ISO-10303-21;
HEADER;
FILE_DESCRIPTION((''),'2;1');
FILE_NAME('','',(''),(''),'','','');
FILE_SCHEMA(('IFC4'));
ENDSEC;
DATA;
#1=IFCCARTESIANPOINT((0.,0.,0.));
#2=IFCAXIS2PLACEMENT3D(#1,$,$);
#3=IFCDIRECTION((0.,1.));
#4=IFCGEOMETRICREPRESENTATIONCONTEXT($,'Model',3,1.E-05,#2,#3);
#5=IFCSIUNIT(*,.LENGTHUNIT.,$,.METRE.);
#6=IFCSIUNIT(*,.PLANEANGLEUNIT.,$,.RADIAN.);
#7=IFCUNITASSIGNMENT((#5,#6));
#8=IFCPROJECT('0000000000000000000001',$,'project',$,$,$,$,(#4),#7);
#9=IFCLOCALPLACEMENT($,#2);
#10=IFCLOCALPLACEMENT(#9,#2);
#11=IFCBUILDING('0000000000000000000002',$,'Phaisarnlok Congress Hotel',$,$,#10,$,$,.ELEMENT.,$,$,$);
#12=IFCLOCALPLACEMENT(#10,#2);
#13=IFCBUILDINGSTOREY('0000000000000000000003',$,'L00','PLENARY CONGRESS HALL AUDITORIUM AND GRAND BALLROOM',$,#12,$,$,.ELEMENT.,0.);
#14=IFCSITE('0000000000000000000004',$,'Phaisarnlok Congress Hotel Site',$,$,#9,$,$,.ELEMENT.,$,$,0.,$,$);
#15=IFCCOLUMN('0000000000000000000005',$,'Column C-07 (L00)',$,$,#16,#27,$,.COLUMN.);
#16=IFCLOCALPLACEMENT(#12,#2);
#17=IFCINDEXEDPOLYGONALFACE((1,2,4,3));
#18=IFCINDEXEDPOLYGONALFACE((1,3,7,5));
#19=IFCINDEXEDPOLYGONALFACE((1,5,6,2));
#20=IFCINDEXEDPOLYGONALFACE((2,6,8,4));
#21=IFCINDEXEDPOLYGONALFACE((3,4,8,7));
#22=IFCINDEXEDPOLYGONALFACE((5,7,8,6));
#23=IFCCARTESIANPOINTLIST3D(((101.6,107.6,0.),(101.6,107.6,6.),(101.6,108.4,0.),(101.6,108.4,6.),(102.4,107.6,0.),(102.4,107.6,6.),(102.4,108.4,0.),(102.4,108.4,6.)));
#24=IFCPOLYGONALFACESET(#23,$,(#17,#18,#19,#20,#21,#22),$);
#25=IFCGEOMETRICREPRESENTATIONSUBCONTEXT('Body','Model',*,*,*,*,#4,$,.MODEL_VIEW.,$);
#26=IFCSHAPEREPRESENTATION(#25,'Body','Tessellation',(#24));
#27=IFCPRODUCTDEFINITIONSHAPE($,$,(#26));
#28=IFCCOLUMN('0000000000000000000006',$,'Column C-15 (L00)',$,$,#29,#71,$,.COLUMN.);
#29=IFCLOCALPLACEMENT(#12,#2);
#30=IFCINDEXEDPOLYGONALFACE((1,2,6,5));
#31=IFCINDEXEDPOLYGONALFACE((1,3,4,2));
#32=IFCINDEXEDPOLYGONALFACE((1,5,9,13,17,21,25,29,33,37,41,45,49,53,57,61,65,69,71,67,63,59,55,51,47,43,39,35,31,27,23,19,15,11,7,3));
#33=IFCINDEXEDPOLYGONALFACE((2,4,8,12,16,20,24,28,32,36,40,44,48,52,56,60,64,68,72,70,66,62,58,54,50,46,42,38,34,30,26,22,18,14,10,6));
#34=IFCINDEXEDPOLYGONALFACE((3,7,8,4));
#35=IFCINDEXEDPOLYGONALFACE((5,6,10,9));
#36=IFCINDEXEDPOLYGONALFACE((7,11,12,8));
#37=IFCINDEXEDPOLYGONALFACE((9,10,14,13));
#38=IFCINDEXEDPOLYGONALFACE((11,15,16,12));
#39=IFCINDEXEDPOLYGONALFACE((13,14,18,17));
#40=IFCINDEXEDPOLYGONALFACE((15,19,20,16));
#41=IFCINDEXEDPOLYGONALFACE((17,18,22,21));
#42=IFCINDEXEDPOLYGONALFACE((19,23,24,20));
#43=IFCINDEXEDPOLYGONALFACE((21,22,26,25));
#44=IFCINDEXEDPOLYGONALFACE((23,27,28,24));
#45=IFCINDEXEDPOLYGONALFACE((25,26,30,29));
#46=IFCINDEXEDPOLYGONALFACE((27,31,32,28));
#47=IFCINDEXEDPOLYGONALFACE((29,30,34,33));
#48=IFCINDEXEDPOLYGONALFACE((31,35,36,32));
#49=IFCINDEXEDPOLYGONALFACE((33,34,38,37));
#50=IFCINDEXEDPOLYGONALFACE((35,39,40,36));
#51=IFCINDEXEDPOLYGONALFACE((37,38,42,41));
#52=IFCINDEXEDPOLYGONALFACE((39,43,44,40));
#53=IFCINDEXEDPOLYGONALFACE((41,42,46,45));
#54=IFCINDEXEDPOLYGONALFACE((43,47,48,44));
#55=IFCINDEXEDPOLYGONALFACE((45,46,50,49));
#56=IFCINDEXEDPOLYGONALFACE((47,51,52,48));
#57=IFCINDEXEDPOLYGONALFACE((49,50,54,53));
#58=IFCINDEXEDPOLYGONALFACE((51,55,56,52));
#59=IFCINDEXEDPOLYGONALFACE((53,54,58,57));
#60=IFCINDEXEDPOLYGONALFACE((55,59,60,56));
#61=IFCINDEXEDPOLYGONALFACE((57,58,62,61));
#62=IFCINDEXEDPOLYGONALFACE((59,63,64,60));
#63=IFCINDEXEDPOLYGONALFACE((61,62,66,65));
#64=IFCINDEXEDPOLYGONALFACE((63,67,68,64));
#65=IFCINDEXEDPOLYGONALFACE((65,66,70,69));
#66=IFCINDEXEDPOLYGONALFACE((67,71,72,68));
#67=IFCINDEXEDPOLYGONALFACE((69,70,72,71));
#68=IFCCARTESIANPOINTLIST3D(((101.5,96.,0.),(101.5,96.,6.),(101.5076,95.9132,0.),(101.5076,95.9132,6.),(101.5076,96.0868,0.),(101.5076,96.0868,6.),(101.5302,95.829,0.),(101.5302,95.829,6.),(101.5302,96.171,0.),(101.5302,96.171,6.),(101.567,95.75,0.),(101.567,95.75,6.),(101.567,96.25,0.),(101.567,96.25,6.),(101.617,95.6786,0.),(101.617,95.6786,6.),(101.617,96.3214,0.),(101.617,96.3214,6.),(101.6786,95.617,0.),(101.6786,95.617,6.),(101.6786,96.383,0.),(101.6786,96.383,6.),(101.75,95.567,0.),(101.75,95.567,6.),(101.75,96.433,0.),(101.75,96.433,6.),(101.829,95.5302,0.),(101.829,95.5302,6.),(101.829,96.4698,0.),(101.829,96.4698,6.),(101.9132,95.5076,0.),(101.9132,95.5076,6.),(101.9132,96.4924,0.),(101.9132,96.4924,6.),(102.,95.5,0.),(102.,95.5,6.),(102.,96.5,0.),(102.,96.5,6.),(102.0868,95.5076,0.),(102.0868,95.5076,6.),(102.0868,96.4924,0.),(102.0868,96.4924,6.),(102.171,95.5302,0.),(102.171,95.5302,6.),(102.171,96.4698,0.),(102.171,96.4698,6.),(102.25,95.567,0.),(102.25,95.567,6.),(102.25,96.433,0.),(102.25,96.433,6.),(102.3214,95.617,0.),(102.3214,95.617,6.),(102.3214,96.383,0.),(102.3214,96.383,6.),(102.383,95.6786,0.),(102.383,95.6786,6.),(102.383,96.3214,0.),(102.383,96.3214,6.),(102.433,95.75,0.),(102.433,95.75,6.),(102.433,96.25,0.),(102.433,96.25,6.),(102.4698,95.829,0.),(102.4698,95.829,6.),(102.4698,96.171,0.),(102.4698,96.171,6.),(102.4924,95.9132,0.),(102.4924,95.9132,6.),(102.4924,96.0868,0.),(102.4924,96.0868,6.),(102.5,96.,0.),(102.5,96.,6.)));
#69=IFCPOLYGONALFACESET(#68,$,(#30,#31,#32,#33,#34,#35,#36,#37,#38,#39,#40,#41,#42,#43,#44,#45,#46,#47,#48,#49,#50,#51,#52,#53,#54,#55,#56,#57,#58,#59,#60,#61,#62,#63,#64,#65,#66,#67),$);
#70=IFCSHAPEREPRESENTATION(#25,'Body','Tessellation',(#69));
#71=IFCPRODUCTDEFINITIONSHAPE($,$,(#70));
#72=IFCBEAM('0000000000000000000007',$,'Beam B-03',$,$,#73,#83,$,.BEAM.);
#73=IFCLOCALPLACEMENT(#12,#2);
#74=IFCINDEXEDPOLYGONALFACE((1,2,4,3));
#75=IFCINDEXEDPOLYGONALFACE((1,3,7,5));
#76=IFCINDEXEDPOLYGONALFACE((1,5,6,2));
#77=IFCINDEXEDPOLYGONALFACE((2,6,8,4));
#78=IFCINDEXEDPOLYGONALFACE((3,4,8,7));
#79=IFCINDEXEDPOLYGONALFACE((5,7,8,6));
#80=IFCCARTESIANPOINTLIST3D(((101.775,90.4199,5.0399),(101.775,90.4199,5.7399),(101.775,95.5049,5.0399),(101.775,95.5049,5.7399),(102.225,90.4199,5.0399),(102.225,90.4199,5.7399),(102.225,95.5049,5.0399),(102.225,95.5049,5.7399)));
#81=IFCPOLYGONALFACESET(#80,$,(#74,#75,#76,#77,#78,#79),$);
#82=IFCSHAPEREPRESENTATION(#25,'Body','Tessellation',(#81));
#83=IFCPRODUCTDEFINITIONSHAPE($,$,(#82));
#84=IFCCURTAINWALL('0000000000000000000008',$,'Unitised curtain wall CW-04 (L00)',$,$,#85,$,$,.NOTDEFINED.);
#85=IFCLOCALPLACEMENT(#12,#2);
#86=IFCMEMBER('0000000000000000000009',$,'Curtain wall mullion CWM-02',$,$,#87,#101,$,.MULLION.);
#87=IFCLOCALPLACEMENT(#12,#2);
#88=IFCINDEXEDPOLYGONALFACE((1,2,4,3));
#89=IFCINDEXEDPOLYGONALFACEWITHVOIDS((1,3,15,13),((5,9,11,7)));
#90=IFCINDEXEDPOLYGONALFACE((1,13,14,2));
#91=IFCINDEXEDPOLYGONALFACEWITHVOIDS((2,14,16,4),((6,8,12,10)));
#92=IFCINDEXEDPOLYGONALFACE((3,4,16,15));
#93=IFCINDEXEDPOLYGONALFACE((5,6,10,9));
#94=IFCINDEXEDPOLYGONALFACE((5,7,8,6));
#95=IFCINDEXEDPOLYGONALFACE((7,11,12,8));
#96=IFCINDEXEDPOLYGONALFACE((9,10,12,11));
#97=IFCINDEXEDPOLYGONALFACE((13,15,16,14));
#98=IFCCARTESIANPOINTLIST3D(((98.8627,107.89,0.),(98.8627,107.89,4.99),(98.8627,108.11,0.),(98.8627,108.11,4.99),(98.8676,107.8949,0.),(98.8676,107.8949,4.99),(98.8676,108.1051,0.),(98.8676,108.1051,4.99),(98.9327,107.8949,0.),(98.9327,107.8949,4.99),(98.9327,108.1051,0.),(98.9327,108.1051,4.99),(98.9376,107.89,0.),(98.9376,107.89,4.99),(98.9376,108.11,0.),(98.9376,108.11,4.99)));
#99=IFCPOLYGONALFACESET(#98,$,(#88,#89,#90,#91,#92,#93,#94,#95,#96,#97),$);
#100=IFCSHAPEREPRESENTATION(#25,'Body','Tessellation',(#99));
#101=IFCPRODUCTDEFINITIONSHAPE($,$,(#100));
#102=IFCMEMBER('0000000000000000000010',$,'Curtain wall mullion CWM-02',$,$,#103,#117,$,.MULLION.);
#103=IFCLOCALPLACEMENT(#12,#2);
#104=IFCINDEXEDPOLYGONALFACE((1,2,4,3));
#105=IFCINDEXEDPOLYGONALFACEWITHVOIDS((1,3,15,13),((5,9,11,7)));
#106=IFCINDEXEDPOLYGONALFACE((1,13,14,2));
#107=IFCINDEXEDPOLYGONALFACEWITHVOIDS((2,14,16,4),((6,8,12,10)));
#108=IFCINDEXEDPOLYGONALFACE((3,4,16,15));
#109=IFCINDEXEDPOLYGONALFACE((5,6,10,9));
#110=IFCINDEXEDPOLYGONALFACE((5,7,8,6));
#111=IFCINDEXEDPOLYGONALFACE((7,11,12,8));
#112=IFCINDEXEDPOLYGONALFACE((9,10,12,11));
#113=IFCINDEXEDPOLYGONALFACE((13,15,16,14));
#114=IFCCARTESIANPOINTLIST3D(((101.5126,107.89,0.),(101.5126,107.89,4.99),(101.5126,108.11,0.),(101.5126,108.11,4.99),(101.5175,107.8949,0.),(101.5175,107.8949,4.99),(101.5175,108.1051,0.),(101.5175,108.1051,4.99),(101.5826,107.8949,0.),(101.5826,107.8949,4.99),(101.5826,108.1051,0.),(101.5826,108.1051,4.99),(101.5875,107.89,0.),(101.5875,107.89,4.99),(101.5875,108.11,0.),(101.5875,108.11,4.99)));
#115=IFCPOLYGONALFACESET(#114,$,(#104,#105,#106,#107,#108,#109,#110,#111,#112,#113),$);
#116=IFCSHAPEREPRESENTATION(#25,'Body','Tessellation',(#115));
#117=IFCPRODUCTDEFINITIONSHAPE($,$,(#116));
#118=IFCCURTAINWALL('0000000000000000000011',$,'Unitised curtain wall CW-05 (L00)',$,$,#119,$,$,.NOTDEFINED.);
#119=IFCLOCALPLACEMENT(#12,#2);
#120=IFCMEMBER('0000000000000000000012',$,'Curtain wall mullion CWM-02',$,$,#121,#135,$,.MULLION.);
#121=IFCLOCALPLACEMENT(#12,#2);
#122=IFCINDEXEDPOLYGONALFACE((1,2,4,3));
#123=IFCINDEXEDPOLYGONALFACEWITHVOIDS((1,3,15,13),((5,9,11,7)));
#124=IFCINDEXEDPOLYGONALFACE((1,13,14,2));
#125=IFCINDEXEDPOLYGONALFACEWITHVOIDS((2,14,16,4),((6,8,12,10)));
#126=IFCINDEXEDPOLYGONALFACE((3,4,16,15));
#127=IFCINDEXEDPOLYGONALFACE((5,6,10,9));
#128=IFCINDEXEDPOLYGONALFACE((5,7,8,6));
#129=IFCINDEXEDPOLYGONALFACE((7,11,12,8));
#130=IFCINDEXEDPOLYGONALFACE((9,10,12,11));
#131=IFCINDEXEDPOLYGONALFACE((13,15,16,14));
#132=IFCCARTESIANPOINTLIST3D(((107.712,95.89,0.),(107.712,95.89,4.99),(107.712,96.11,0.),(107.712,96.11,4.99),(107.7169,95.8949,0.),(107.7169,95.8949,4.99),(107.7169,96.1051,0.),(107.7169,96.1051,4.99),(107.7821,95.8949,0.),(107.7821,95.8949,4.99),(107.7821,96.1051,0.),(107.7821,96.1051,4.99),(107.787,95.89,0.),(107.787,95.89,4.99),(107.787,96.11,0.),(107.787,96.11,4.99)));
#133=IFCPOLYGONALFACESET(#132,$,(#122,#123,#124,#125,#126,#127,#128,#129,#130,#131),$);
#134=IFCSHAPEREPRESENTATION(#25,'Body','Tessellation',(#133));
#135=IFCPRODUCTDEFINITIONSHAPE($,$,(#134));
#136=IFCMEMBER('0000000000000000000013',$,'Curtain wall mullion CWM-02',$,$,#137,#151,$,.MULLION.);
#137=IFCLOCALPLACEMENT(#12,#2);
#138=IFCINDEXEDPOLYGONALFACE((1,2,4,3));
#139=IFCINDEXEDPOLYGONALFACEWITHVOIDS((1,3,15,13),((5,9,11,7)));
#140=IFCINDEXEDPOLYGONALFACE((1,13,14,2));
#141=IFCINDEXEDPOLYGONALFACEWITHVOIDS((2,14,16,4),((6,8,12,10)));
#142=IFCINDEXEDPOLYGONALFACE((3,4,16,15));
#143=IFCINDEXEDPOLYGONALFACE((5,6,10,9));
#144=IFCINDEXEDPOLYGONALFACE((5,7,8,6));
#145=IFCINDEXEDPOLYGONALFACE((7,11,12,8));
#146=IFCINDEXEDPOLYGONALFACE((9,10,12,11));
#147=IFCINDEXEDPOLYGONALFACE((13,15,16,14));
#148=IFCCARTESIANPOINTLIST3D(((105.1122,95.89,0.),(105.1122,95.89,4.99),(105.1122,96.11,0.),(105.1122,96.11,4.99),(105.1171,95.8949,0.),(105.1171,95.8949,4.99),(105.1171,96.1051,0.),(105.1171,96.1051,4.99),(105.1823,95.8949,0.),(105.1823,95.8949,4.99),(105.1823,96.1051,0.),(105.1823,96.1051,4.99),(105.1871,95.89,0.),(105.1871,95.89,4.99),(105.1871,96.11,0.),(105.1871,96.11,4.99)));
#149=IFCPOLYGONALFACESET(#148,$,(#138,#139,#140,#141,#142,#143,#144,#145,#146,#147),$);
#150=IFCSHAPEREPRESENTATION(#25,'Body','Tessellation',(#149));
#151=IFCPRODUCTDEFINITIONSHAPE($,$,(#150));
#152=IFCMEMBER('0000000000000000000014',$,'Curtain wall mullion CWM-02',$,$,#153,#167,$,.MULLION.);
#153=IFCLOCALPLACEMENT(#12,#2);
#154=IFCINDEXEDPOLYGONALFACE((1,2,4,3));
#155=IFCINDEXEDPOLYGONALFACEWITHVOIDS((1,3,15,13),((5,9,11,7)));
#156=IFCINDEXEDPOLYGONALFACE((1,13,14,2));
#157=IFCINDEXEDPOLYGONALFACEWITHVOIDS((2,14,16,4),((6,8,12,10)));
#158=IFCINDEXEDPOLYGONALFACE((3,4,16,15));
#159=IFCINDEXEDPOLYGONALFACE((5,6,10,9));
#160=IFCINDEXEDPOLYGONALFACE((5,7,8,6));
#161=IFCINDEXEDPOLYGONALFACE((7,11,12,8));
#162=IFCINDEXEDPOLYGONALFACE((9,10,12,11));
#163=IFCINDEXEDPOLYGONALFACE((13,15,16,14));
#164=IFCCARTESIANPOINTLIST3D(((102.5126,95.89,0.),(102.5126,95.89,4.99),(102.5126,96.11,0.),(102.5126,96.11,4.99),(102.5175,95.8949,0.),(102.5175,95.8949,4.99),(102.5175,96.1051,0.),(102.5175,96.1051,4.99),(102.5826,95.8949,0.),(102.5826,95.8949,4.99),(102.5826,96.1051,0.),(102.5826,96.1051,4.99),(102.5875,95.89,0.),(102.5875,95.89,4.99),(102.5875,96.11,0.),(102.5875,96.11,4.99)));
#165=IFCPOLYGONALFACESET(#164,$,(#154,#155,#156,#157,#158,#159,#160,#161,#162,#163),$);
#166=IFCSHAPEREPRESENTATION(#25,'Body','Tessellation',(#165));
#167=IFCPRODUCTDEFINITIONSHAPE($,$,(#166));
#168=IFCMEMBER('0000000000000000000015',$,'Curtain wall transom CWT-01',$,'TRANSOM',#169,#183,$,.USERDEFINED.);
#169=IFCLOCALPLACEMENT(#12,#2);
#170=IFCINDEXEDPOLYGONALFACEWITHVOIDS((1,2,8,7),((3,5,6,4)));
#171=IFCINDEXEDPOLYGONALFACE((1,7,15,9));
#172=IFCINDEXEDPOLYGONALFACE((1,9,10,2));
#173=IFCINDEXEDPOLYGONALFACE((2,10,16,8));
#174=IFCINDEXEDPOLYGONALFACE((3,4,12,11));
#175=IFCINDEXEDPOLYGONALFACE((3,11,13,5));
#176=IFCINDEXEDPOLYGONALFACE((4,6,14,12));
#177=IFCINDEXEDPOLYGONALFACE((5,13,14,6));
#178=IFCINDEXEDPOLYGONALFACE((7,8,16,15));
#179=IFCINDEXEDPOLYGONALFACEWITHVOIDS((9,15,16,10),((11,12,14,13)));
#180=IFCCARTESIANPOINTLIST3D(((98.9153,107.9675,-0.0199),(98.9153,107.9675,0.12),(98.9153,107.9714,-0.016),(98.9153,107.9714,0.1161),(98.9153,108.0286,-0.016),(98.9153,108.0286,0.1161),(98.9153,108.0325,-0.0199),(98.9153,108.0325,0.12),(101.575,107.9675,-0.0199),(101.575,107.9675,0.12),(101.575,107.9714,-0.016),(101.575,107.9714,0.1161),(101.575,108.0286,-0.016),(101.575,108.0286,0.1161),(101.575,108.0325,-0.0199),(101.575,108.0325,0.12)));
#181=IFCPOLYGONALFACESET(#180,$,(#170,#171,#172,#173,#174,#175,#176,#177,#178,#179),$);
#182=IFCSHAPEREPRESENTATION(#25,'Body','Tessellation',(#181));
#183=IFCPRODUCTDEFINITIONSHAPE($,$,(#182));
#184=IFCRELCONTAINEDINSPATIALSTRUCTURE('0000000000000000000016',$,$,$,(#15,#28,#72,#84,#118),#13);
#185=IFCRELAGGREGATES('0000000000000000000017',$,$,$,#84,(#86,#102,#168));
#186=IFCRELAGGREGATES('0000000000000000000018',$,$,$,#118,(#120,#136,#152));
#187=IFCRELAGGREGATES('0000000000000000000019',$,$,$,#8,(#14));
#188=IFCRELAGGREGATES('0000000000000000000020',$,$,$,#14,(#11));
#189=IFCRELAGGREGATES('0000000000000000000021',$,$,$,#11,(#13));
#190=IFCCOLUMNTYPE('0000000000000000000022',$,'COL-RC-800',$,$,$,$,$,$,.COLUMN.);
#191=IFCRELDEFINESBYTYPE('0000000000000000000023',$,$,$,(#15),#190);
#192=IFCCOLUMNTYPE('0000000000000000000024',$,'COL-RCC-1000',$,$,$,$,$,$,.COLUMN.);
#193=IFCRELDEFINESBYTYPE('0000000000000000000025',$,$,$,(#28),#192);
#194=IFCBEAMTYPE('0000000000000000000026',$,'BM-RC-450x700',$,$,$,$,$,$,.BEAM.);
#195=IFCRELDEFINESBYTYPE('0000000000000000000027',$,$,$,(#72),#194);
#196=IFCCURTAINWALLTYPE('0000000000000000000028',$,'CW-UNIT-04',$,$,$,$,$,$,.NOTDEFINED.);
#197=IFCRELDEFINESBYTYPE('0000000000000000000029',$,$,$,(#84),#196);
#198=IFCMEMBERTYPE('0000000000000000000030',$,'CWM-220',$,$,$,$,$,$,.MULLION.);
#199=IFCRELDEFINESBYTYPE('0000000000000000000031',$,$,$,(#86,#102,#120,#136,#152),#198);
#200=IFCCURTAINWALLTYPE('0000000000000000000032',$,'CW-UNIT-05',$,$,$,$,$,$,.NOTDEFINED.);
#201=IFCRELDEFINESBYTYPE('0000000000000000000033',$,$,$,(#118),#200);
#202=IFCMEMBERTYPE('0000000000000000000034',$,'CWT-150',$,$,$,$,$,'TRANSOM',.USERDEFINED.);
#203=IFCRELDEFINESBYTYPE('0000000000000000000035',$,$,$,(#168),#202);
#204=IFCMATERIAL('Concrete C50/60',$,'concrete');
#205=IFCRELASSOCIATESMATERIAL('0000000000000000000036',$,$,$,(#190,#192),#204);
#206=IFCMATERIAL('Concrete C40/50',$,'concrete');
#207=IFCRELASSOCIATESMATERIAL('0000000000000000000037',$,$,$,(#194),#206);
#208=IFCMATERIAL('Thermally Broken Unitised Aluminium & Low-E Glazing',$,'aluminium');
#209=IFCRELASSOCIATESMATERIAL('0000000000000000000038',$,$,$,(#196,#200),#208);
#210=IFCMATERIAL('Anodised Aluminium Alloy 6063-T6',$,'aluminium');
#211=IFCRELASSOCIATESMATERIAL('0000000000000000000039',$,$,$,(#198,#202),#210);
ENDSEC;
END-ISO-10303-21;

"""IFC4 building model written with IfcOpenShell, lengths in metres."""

from ifc_helpers import new_model, si_unit, direction, frame, origin, origin_2d, place, context, subcontext, project, spatial, rectangle, hollow_rectangle, circle, extrude, material, material_profile, profile_set, type_object, element, aggregate, save


model = new_model("IFC4")

# Units and contexts
model_context = context("Model", 3, precision=1e-05, world=origin(), true_north=direction((0.0, 1.0)))
body_context = subcontext(model_context, "Body", "Model", "MODEL_VIEW")
ifc_project = project(units=[si_unit("LENGTHUNIT", "METRE"), si_unit("PLANEANGLEUNIT", "RADIAN")], contexts=[model_context])

# Site, building, storey
site_placement = place(None, origin())
site = spatial("IfcSite", under=ifc_project, at=site_placement, Name="Phaisarnlok Congress Hotel Site", CompositionType="ELEMENT", RefElevation=0.0)
building_placement = place(site_placement, origin())
building = spatial("IfcBuilding", under=site, at=building_placement, Name="Phaisarnlok Congress Hotel", CompositionType="ELEMENT")
storey_placement = place(building_placement, origin())
storey = spatial("IfcBuildingStorey", under=building, at=storey_placement, Name="L00", Description="PLENARY CONGRESS HALL AUDITORIUM AND GRAND BALLROOM", CompositionType="ELEMENT", Elevation=0.0)

# Columns
ifc_material_1 = material(Name="Concrete C50/60", Category="concrete")
ifc_material_profile_1 = material_profile(ifc_material_1, rectangle(XDim=0.8, YDim=0.8, at=origin_2d()), Name="RC 800x800")
ifc_profile_set_1 = profile_set([ifc_material_profile_1], Name="Concrete C50/60")
column_type_1 = type_object("IfcColumnType", Name="COL-RC-800", PredefinedType="COLUMN", material=ifc_profile_set_1)
column_1_placement = place(storey_placement, frame((102.0, 108.0, 0.0), z_axis=(0.0, 0.0, 1.0), x_axis=(1.0, 0.0, 0.0)))
element("IfcColumn", 1, at=column_1_placement, inside=storey, type_object=column_type_1, Name="Column C-07 (L00)", PredefinedType="COLUMN", context=body_context, shape_type="SweptSolid", body=[
    extrude(rectangle(XDim=0.8, YDim=0.8, at=origin_2d()), origin(), (0.0, 0.0, 1.0), 6.0),
])
ifc_material_profile_2 = material_profile(ifc_material_1, circle(Radius=0.5, at=origin_2d()), Name="RCC D1000")
ifc_profile_set_2 = profile_set([ifc_material_profile_2], Name="Concrete C50/60")
column_type_2 = type_object("IfcColumnType", Name="COL-RCC-1000", PredefinedType="COLUMN", material=ifc_profile_set_2)
column_2_placement = place(storey_placement, frame((102.0, 96.0, 0.0), z_axis=(0.0, 0.0, 1.0), x_axis=(1.0, 0.0, 0.0)))
element("IfcColumn", 2, at=column_2_placement, inside=storey, type_object=column_type_2, Name="Column C-15 (L00)", PredefinedType="COLUMN", context=body_context, shape_type="SweptSolid", body=[
    extrude(circle(Radius=0.5, at=origin_2d()), origin(), (0.0, 0.0, 1.0), 6.0),
])

# Beam
ifc_material_2 = material(Name="Concrete C40/50", Category="concrete")
ifc_material_profile_3 = material_profile(ifc_material_2, rectangle(XDim=0.45, YDim=0.7, at=origin_2d()), Name="RC 450x700")
ifc_profile_set_3 = profile_set([ifc_material_profile_3], Name="Concrete C40/50")
beam_type_1 = type_object("IfcBeamType", Name="BM-RC-450x700", PredefinedType="BEAM", material=ifc_profile_set_3)
beam_1_placement = place(storey_placement, frame((102.0, 90.4199, 5.3899), z_axis=(0.0, 1.0, 0.0), x_axis=(-1.0, 0.0, 0.0)))
element("IfcBeam", 3, at=beam_1_placement, inside=storey, type_object=beam_type_1, Name="Beam B-03", PredefinedType="BEAM", context=body_context, shape_type="SweptSolid", body=[
    extrude(rectangle(XDim=0.45, YDim=0.7, at=origin_2d()), origin(), (0.0, 0.0, 1.0), 5.085),
])

# Curtain walls, members
ifc_material_3 = material(Name="Thermally Broken Unitised Aluminium & Low-E Glazing", Category="aluminium")
curtain_wall_type_1 = type_object("IfcCurtainWallType", Name="CW-UNIT-04", PredefinedType="NOTDEFINED", material=ifc_material_3)
curtain_wall_1_placement = place(storey_placement, origin())
curtain_wall_1 = element("IfcCurtainWall", 4, at=curtain_wall_1_placement, inside=storey, type_object=curtain_wall_type_1, Name="Unitised curtain wall CW-04 (L00)", PredefinedType="NOTDEFINED")
ifc_material_4 = material(Name="Anodised Aluminium Alloy 6063-T6", Category="aluminium")
ifc_material_profile_4 = material_profile(ifc_material_4, hollow_rectangle(XDim=0.075, YDim=0.22, WallThickness=0.0049, at=origin_2d()), Name="ALU-M 75x220x5")
ifc_profile_set_4 = profile_set([ifc_material_profile_4], Name="Anodised Aluminium Alloy 6063-T6")
member_type_1 = type_object("IfcMemberType", Name="CWM-220", PredefinedType="MULLION", material=ifc_profile_set_4)
member_1_placement = place(storey_placement, frame((98.9001, 108.0, 0.0), z_axis=(0.0, 0.0, 1.0), x_axis=(1.0, 0.0, 0.0)))
member_1 = element("IfcMember", 5, at=member_1_placement, type_object=member_type_1, Name="Curtain wall mullion CWM-02", PredefinedType="MULLION", context=body_context, shape_type="SweptSolid", body=[
    extrude(hollow_rectangle(XDim=0.075, YDim=0.22, WallThickness=0.0049, at=origin_2d()), origin(), (0.0, 0.0, 1.0), 4.99),
])
member_2_placement = place(storey_placement, frame((101.55, 108.0, 0.0), z_axis=(0.0, 0.0, 1.0), x_axis=(1.0, 0.0, 0.0)))
member_2 = element("IfcMember", 6, at=member_2_placement, type_object=member_type_1, Name="Curtain wall mullion CWM-02", PredefinedType="MULLION", context=body_context, shape_type="SweptSolid", body=[
    extrude(hollow_rectangle(XDim=0.075, YDim=0.22, WallThickness=0.0049, at=origin_2d()), origin(), (0.0, 0.0, 1.0), 4.99),
])
curtain_wall_type_2 = type_object("IfcCurtainWallType", Name="CW-UNIT-05", PredefinedType="NOTDEFINED", material=ifc_material_3)
curtain_wall_2_placement = place(storey_placement, origin())
curtain_wall_2 = element("IfcCurtainWall", 7, at=curtain_wall_2_placement, inside=storey, type_object=curtain_wall_type_2, Name="Unitised curtain wall CW-05 (L00)", PredefinedType="NOTDEFINED")
member_3_placement = place(storey_placement, frame((107.7495, 96.0, 0.0), z_axis=(0.0, 0.0, 1.0), x_axis=(-1.0, 0.0, 0.0)))
member_3 = element("IfcMember", 8, at=member_3_placement, type_object=member_type_1, Name="Curtain wall mullion CWM-02", PredefinedType="MULLION", context=body_context, shape_type="SweptSolid", body=[
    extrude(hollow_rectangle(XDim=0.075, YDim=0.22, WallThickness=0.0049, at=origin_2d()), origin(), (0.0, 0.0, 1.0), 4.99),
])
member_4_placement = place(storey_placement, frame((105.1497, 96.0, 0.0), z_axis=(0.0, 0.0, 1.0), x_axis=(-1.0, 0.0, 0.0)))
member_4 = element("IfcMember", 9, at=member_4_placement, type_object=member_type_1, Name="Curtain wall mullion CWM-02", PredefinedType="MULLION", context=body_context, shape_type="SweptSolid", body=[
    extrude(hollow_rectangle(XDim=0.075, YDim=0.22, WallThickness=0.0049, at=origin_2d()), origin(), (0.0, 0.0, 1.0), 4.99),
])
member_5_placement = place(storey_placement, frame((102.55, 96.0, 0.0), z_axis=(0.0, 0.0, 1.0), x_axis=(-1.0, 0.0, 0.0)))
member_5 = element("IfcMember", 10, at=member_5_placement, type_object=member_type_1, Name="Curtain wall mullion CWM-02", PredefinedType="MULLION", context=body_context, shape_type="SweptSolid", body=[
    extrude(hollow_rectangle(XDim=0.075, YDim=0.22, WallThickness=0.0049, at=origin_2d()), origin(), (0.0, 0.0, 1.0), 4.99),
])

# Member
ifc_material_profile_5 = material_profile(ifc_material_4, hollow_rectangle(XDim=0.0649, YDim=0.1399, WallThickness=0.0039, at=origin_2d()), Name="ALU-T 65x140x4")
ifc_profile_set_5 = profile_set([ifc_material_profile_5], Name="Anodised Aluminium Alloy 6063-T6")
member_type_2 = type_object("IfcMemberType", Name="CWT-150", ElementType="TRANSOM", PredefinedType="USERDEFINED", material=ifc_profile_set_5)
member_6_placement = place(storey_placement, frame((98.9153, 108.0, 0.05), z_axis=(1.0, 0.0, 0.0), x_axis=(0.0, 1.0, 0.0)))
member_6 = element("IfcMember", 11, at=member_6_placement, type_object=member_type_2, Name="Curtain wall transom CWT-01", ObjectType="TRANSOM", PredefinedType="USERDEFINED", context=body_context, shape_type="SweptSolid", body=[
    extrude(hollow_rectangle(XDim=0.0649, YDim=0.1399, WallThickness=0.0039, at=origin_2d()), origin(), (0.0, 0.0, 1.0), 2.6597),
])

aggregate(curtain_wall_1, [member_1, member_2, member_6])
aggregate(curtain_wall_2, [member_3, member_4, member_5])

save(model, "model.ifc")
